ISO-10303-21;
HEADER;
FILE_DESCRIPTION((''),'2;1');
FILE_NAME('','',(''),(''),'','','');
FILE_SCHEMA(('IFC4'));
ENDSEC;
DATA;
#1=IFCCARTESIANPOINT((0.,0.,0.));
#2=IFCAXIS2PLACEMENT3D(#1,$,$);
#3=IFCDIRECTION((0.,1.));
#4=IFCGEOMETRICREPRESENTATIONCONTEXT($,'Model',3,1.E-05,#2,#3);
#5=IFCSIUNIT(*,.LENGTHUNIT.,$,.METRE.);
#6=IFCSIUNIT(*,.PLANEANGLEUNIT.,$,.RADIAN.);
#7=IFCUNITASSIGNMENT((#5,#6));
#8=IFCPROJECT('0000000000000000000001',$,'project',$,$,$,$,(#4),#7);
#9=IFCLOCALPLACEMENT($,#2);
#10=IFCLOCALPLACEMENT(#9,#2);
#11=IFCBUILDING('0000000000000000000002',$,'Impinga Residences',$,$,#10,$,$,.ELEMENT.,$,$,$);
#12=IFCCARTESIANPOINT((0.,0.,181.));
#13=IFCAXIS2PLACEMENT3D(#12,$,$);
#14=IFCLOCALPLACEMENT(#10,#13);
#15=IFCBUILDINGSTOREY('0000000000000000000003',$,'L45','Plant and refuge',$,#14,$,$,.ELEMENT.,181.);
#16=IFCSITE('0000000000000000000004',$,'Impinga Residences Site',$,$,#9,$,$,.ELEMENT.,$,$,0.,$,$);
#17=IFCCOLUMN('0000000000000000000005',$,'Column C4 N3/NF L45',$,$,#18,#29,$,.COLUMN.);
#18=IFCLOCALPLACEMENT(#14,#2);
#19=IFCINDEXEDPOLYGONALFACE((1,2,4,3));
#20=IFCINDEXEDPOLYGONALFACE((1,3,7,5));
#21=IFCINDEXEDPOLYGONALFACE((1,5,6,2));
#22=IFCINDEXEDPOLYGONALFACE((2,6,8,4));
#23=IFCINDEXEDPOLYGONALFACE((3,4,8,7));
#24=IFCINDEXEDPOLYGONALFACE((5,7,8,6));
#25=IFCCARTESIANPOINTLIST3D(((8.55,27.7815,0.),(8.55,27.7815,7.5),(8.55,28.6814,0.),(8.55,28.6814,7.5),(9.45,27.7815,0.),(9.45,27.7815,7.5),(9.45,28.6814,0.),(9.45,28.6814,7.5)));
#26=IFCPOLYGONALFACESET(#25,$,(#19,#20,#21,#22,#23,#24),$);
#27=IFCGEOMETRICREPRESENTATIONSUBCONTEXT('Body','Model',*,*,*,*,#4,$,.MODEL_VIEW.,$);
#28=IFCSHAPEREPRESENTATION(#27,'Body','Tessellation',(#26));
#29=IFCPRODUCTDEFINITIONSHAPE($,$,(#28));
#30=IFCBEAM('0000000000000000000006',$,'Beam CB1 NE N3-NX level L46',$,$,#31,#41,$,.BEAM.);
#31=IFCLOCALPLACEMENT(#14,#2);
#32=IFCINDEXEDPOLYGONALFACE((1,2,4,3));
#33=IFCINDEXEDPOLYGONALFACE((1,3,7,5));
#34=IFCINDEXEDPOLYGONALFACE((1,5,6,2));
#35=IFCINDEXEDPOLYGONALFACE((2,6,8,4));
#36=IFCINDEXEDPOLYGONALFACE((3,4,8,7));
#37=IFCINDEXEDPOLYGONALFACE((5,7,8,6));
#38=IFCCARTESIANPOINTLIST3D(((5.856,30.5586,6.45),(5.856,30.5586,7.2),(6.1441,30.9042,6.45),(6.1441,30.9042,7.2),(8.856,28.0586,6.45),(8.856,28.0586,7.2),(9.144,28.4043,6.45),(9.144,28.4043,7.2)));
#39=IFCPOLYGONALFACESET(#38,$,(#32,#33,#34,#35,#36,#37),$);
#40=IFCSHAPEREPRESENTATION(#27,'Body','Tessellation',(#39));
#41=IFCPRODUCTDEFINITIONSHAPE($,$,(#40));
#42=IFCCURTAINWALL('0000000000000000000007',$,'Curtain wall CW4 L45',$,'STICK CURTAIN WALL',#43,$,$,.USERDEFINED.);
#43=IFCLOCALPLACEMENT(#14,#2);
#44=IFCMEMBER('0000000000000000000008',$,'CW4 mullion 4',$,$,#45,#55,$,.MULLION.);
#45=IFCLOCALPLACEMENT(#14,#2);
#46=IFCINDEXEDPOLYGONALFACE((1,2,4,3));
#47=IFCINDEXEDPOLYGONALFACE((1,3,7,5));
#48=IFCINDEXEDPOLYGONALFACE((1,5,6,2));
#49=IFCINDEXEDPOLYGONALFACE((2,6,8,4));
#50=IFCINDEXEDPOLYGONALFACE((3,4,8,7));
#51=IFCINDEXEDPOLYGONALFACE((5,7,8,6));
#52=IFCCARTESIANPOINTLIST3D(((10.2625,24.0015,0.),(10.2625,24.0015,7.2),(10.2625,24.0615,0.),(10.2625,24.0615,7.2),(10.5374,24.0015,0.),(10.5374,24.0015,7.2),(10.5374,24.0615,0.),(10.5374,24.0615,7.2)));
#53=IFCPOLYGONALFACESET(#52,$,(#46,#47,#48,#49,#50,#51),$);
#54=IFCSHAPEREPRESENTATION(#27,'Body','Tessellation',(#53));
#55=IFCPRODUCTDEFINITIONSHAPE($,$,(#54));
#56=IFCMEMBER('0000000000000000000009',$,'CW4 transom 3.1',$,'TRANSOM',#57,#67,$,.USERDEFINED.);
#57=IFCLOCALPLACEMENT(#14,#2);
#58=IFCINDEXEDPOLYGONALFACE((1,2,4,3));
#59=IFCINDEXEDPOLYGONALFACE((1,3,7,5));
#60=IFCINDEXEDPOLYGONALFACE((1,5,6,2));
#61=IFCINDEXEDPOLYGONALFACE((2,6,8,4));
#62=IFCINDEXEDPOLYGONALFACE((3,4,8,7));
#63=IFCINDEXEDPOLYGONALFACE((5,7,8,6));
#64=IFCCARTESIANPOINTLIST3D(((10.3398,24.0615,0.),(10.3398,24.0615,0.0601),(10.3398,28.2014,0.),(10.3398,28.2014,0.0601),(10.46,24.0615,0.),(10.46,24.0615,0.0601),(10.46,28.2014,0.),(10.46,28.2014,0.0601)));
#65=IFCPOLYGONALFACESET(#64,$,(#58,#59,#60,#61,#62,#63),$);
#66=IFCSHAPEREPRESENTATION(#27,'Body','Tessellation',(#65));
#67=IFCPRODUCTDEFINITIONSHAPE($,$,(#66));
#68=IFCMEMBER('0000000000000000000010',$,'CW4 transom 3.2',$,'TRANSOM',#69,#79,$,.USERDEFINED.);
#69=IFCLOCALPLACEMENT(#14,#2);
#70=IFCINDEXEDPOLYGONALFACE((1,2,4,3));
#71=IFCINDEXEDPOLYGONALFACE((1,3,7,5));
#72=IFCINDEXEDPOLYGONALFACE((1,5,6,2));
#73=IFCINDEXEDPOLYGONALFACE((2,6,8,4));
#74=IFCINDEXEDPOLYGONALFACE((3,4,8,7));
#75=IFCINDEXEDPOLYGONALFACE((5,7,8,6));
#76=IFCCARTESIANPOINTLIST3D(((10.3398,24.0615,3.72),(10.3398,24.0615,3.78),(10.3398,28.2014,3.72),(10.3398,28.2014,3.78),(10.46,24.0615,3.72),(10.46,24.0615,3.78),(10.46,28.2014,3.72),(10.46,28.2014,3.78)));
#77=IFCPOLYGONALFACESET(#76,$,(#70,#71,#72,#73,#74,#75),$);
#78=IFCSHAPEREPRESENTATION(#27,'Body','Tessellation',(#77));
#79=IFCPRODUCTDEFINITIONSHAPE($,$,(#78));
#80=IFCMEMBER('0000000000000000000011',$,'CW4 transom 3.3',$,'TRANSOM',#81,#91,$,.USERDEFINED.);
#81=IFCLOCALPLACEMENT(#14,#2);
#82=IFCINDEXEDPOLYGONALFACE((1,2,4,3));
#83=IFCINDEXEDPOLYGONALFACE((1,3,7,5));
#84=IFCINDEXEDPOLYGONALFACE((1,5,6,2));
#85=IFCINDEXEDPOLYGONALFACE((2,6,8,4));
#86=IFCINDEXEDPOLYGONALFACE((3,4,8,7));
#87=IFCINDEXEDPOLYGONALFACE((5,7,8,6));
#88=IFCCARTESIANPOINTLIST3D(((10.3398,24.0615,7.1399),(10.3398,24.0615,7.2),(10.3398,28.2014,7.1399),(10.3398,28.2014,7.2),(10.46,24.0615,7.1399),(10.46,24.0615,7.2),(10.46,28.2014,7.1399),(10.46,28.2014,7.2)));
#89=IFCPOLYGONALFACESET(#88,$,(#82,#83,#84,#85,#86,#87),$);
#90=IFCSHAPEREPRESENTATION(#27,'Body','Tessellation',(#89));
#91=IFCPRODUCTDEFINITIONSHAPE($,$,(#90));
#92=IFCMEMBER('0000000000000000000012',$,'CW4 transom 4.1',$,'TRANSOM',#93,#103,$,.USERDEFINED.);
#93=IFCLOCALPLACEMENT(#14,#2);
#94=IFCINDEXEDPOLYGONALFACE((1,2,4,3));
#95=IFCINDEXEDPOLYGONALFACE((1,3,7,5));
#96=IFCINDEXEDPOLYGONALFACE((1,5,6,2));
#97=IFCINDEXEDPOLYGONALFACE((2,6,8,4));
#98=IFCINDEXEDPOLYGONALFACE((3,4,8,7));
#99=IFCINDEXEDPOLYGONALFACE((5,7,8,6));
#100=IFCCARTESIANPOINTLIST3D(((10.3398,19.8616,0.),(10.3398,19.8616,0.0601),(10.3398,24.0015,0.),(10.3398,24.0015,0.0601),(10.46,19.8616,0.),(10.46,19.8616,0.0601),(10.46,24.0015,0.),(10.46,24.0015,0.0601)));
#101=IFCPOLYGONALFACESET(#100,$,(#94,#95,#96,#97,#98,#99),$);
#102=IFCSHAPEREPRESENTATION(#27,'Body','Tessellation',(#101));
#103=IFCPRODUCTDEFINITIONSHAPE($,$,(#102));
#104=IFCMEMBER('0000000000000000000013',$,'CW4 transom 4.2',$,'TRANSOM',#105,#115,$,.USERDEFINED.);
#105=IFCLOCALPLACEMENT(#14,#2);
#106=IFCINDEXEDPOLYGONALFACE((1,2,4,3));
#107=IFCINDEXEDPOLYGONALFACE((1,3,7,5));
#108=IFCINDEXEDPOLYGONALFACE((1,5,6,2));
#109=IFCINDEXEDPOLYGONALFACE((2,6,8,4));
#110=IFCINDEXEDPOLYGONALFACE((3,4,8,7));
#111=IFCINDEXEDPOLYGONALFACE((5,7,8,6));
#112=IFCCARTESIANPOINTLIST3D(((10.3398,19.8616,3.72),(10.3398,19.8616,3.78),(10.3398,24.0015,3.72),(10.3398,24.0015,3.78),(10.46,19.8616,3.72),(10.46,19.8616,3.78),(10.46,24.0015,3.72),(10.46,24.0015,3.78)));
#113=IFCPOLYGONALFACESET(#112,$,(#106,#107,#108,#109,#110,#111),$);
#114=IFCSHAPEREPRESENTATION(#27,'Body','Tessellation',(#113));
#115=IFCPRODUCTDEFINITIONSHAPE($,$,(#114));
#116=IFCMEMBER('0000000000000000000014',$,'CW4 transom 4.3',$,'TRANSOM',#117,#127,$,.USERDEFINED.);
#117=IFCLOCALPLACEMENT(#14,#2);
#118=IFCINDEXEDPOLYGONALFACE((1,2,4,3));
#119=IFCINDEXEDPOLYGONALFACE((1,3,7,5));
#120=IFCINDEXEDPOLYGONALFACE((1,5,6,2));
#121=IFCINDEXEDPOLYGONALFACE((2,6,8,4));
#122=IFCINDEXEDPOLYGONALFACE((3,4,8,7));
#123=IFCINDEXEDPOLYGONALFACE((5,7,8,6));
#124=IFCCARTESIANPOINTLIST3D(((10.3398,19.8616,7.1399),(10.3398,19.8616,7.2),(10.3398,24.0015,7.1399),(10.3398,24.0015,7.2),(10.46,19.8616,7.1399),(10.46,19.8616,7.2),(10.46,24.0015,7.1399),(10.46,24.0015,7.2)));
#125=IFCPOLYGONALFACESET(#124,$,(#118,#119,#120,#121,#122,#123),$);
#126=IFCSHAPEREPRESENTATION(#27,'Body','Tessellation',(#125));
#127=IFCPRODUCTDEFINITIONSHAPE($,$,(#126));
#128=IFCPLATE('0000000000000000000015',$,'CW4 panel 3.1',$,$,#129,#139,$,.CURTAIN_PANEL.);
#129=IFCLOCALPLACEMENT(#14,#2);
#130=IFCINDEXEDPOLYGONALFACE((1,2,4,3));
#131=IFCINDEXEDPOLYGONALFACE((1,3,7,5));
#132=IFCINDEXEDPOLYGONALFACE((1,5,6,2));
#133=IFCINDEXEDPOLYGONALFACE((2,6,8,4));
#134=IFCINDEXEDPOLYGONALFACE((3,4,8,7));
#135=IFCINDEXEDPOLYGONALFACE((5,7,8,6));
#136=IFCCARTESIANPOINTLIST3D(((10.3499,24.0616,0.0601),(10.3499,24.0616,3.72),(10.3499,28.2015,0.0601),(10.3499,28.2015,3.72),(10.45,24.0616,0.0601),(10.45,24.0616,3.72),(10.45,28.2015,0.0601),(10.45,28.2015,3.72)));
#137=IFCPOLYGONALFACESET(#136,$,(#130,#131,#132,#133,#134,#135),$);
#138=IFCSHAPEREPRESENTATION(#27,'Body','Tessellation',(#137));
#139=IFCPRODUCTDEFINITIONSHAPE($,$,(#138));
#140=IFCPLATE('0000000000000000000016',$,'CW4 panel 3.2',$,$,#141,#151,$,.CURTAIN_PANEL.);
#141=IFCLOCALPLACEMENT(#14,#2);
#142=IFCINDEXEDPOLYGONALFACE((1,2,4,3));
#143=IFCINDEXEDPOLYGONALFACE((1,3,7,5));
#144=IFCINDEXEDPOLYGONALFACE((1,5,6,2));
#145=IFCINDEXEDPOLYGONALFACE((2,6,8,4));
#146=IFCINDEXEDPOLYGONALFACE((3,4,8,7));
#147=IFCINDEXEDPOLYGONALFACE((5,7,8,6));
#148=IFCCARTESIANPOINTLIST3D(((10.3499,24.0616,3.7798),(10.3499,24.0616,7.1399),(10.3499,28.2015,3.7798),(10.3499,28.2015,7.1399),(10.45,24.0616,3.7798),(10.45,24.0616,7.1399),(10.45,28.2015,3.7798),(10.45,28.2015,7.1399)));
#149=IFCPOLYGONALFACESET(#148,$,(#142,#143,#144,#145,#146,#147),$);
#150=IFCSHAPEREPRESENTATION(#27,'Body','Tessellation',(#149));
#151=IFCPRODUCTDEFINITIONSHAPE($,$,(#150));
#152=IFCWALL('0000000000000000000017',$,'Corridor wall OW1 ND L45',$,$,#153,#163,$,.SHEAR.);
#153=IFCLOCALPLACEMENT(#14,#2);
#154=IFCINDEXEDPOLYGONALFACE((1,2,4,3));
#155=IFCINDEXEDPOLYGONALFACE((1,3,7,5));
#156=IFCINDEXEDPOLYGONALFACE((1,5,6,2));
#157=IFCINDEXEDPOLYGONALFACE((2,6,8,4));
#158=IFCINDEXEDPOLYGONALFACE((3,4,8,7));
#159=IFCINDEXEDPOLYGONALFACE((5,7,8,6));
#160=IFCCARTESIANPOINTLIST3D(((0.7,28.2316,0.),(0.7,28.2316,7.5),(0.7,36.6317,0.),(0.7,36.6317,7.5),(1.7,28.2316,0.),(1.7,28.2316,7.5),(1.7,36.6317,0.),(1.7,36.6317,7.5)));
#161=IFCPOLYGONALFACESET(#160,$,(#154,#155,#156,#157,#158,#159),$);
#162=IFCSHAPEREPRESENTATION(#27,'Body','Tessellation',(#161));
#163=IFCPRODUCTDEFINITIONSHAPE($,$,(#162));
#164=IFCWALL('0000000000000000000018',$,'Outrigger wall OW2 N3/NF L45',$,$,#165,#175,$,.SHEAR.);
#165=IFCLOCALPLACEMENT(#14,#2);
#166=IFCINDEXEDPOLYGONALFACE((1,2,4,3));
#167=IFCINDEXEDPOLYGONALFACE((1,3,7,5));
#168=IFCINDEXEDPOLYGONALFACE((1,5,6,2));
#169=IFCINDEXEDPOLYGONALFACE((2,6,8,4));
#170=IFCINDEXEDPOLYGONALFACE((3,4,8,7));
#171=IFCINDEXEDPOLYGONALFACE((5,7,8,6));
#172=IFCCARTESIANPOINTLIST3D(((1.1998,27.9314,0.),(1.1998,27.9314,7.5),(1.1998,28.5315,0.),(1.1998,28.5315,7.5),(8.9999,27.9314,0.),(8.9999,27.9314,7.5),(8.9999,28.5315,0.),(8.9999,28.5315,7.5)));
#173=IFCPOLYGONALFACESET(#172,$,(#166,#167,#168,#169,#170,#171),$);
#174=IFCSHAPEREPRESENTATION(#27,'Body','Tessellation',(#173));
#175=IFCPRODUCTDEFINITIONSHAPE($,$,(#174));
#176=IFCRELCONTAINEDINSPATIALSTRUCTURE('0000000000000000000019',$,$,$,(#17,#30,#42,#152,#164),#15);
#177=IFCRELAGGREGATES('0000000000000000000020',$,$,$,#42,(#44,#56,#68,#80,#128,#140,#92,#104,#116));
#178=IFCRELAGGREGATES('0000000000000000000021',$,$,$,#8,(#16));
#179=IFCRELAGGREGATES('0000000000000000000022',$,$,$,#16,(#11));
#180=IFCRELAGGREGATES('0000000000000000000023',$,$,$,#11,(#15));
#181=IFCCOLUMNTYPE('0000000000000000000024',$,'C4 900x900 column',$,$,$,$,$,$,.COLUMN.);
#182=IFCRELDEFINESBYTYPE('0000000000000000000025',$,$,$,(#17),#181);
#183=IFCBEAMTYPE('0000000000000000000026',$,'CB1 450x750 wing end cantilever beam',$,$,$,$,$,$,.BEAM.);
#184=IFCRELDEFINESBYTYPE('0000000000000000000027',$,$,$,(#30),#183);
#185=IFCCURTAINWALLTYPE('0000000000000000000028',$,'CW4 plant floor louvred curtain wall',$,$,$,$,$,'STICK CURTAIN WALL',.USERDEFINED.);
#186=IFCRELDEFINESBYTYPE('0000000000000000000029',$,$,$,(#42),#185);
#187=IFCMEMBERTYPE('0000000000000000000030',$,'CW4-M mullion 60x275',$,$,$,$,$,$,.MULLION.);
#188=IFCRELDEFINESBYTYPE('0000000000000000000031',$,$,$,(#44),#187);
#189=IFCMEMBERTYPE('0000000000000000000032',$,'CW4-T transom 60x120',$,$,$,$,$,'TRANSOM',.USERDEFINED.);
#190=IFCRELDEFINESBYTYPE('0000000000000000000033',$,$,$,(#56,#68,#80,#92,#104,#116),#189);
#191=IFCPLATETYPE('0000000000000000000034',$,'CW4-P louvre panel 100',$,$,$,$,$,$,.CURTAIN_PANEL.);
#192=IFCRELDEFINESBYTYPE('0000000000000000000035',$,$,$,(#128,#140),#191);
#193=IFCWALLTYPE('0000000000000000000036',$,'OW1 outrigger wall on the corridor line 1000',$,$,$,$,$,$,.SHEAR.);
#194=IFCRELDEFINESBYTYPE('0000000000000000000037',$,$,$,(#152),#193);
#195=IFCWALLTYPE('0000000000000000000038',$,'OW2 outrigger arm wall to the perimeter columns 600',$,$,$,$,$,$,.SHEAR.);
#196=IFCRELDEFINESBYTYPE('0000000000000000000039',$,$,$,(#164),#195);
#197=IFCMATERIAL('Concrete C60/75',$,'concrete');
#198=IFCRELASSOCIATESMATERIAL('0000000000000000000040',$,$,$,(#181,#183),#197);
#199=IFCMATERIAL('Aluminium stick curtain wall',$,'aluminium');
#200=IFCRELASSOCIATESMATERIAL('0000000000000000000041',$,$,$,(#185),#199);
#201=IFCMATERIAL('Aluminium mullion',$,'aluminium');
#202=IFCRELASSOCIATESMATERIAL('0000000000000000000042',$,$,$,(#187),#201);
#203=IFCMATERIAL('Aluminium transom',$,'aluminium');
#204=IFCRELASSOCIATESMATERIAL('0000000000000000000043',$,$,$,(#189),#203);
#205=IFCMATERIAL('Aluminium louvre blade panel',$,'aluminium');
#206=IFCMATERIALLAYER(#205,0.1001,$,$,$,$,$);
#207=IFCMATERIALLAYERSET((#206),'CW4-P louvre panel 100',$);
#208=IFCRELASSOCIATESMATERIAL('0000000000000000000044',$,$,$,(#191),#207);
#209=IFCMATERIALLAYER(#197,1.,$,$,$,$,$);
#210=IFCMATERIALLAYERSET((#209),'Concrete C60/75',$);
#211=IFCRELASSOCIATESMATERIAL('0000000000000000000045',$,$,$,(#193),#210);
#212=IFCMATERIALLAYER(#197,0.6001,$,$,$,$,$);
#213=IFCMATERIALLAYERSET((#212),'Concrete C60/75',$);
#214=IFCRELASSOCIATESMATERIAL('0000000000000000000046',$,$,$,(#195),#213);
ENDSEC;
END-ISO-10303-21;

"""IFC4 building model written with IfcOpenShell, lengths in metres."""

from ifc_helpers import new_model, si_unit, direction, frame, frame_2d, origin, origin_2d, place, context, subcontext, project, spatial, rectangle, extrude, material, layer, layer_set, material_profile, profile_set, type_object, element, aggregate, save


model = new_model("IFC4")

# Units and contexts
model_context = context("Model", 3, precision=1e-05, world=origin(), true_north=direction((0.0, 1.0)))
body_context = subcontext(model_context, "Body", "Model", "MODEL_VIEW")
ifc_project = project(units=[si_unit("LENGTHUNIT", "METRE"), si_unit("PLANEANGLEUNIT", "RADIAN")], contexts=[model_context])

# Site, building, storey
site_placement = place(None, origin())
site = spatial("IfcSite", under=ifc_project, at=site_placement, Name="Impinga Residences Site", CompositionType="ELEMENT", RefElevation=0.0)
building_placement = place(site_placement, origin())
building = spatial("IfcBuilding", under=site, at=building_placement, Name="Impinga Residences", CompositionType="ELEMENT")
storey_placement = place(building_placement, frame((0.0, 0.0, 181.0)))
storey = spatial("IfcBuildingStorey", under=building, at=storey_placement, Name="L45", Description="Plant and refuge", CompositionType="ELEMENT", Elevation=181.0)

# Column
ifc_material_1 = material(Name="Concrete C60/75", Category="concrete")
ifc_material_profile_1 = material_profile(ifc_material_1, rectangle(XDim=0.8999, YDim=0.8999, at=origin_2d()), Name="RC 900x900")
ifc_profile_set_1 = profile_set([ifc_material_profile_1], Name="Concrete C60/75")
column_type = type_object("IfcColumnType", Name="C4 900x900 column", PredefinedType="COLUMN", material=ifc_profile_set_1)
column_placement = place(storey_placement, frame((9.0, 28.2314, 0.0), z_axis=(0.0, 0.0, 1.0), x_axis=(1.0, 0.0, 0.0)))
element("IfcColumn", 1, at=column_placement, inside=storey, type_object=column_type, Name="Column C4 N3/NF L45", PredefinedType="COLUMN", context=body_context, shape_type="SweptSolid", body=[
    extrude(rectangle(XDim=0.8999, YDim=0.8999, at=origin_2d()), origin(), (0.0, 0.0, 1.0), 7.5),
])

# Beam
ifc_material_profile_2 = material_profile(ifc_material_1, rectangle(XDim=0.45, YDim=0.75, at=origin_2d()), Name="RC 450x750")
ifc_profile_set_2 = profile_set([ifc_material_profile_2], Name="Concrete C60/75")
beam_type = type_object("IfcBeamType", Name="CB1 450x750 wing end cantilever beam", PredefinedType="BEAM", material=ifc_profile_set_2)
beam_placement = place(storey_placement, frame((9.0, 28.2314, 6.825), z_axis=(-0.768221, 0.640184, 0.0), x_axis=(-0.640184, -0.768221, 0.0)))
element("IfcBeam", 2, at=beam_placement, inside=storey, type_object=beam_type, Name="Beam CB1 NE N3-NX level L46", PredefinedType="BEAM", context=body_context, shape_type="SweptSolid", body=[
    extrude(rectangle(XDim=0.45, YDim=0.75, at=origin_2d()), origin(), (0.0, 0.0, 1.0), 3.905),
])

# Curtain wall, members, plates
ifc_material_2 = material(Name="Aluminium stick curtain wall", Category="aluminium")
curtain_wall_type = type_object("IfcCurtainWallType", Name="CW4 plant floor louvred curtain wall", ElementType="STICK CURTAIN WALL", PredefinedType="USERDEFINED", material=ifc_material_2)
curtain_wall_placement = place(storey_placement, origin())
curtain_wall = element("IfcCurtainWall", 3, at=curtain_wall_placement, inside=storey, type_object=curtain_wall_type, Name="Curtain wall CW4 L45", ObjectType="STICK CURTAIN WALL", PredefinedType="USERDEFINED")
ifc_material_3 = material(Name="Aluminium mullion", Category="aluminium")
ifc_material_profile_3 = material_profile(ifc_material_3, rectangle(XDim=0.0601, YDim=0.2749, at=origin_2d()), Name="60x275 mullion")
ifc_profile_set_3 = profile_set([ifc_material_profile_3], Name="Aluminium mullion")
member_type_1 = type_object("IfcMemberType", Name="CW4-M mullion 60x275", PredefinedType="MULLION", material=ifc_profile_set_3)
member_1_placement = place(storey_placement, frame((10.3999, 24.0315, 0.0), z_axis=(0.0, 0.0, 1.0), x_axis=(0.0, -1.0, 0.0)))
member_1 = element("IfcMember", 4, at=member_1_placement, type_object=member_type_1, Name="CW4 mullion 4", PredefinedType="MULLION", context=body_context, shape_type="SweptSolid", body=[
    extrude(rectangle(XDim=0.0601, YDim=0.2749, at=origin_2d()), origin(), (0.0, 0.0, 1.0), 7.2),
])
ifc_material_4 = material(Name="Aluminium transom", Category="aluminium")
ifc_material_profile_4 = material_profile(ifc_material_4, rectangle(XDim=0.0601, YDim=0.1201, at=origin_2d()), Name="60x120 transom")
ifc_profile_set_4 = profile_set([ifc_material_profile_4], Name="Aluminium transom")
member_type_2 = type_object("IfcMemberType", Name="CW4-T transom 60x120", ElementType="TRANSOM", PredefinedType="USERDEFINED", material=ifc_profile_set_4)
member_2_placement = place(storey_placement, frame((10.3999, 28.2014, 0.03), z_axis=(0.0, -1.0, 0.0), x_axis=(0.0, 0.0, 1.0)))
member_2 = element("IfcMember", 5, at=member_2_placement, type_object=member_type_2, Name="CW4 transom 3.1", ObjectType="TRANSOM", PredefinedType="USERDEFINED", context=body_context, shape_type="SweptSolid", body=[
    extrude(rectangle(XDim=0.0601, YDim=0.1201, at=origin_2d()), origin(), (0.0, 0.0, 1.0), 4.1399),
])
member_3_placement = place(storey_placement, frame((10.3999, 28.2014, 3.75), z_axis=(0.0, -1.0, 0.0), x_axis=(0.0, 0.0, 1.0)))
member_3 = element("IfcMember", 6, at=member_3_placement, type_object=member_type_2, Name="CW4 transom 3.2", ObjectType="TRANSOM", PredefinedType="USERDEFINED", context=body_context, shape_type="SweptSolid", body=[
    extrude(rectangle(XDim=0.0601, YDim=0.1201, at=origin_2d()), origin(), (0.0, 0.0, 1.0), 4.1399),
])
member_4_placement = place(storey_placement, frame((10.3999, 28.2014, 7.1699), z_axis=(0.0, -1.0, 0.0), x_axis=(0.0, 0.0, 1.0)))
member_4 = element("IfcMember", 7, at=member_4_placement, type_object=member_type_2, Name="CW4 transom 3.3", ObjectType="TRANSOM", PredefinedType="USERDEFINED", context=body_context, shape_type="SweptSolid", body=[
    extrude(rectangle(XDim=0.0601, YDim=0.1201, at=origin_2d()), origin(), (0.0, 0.0, 1.0), 4.1399),
])
member_5_placement = place(storey_placement, frame((10.3999, 24.0015, 0.03), z_axis=(0.0, -1.0, 0.0), x_axis=(0.0, 0.0, 1.0)))
member_5 = element("IfcMember", 8, at=member_5_placement, type_object=member_type_2, Name="CW4 transom 4.1", ObjectType="TRANSOM", PredefinedType="USERDEFINED", context=body_context, shape_type="SweptSolid", body=[
    extrude(rectangle(XDim=0.0601, YDim=0.1201, at=origin_2d()), origin(), (0.0, 0.0, 1.0), 4.1399),
])
member_6_placement = place(storey_placement, frame((10.3999, 24.0015, 3.75), z_axis=(0.0, -1.0, 0.0), x_axis=(0.0, 0.0, 1.0)))
member_6 = element("IfcMember", 9, at=member_6_placement, type_object=member_type_2, Name="CW4 transom 4.2", ObjectType="TRANSOM", PredefinedType="USERDEFINED", context=body_context, shape_type="SweptSolid", body=[
    extrude(rectangle(XDim=0.0601, YDim=0.1201, at=origin_2d()), origin(), (0.0, 0.0, 1.0), 4.1399),
])
member_7_placement = place(storey_placement, frame((10.3999, 24.0015, 7.1699), z_axis=(0.0, -1.0, 0.0), x_axis=(0.0, 0.0, 1.0)))
member_7 = element("IfcMember", 10, at=member_7_placement, type_object=member_type_2, Name="CW4 transom 4.3", ObjectType="TRANSOM", PredefinedType="USERDEFINED", context=body_context, shape_type="SweptSolid", body=[
    extrude(rectangle(XDim=0.0601, YDim=0.1201, at=origin_2d()), origin(), (0.0, 0.0, 1.0), 4.1399),
])
ifc_material_5 = material(Name="Aluminium louvre blade panel", Category="aluminium")
ifc_layer_1 = layer(ifc_material_5, 0.1001)
ifc_layer_set_1 = layer_set([ifc_layer_1], Name="CW4-P louvre panel 100")
plate_type = type_object("IfcPlateType", Name="CW4-P louvre panel 100", PredefinedType="CURTAIN_PANEL", material=ifc_layer_set_1)
plate_1_placement = place(storey_placement, frame((10.3999, 26.1316, 0.0601), z_axis=(0.0, 0.0, 1.0), x_axis=(0.0, -1.0, 0.0)))
plate_1 = element("IfcPlate", 11, at=plate_1_placement, type_object=plate_type, Name="CW4 panel 3.1", PredefinedType="CURTAIN_PANEL", context=body_context, shape_type="SweptSolid", body=[
    extrude(rectangle(XDim=4.1399, YDim=0.1001, at=origin_2d()), origin(), (0.0, 0.0, 1.0), 3.6599),
])
plate_2_placement = place(storey_placement, frame((10.3999, 26.1316, 3.7798), z_axis=(0.0, 0.0, 1.0), x_axis=(0.0, -1.0, 0.0)))
plate_2 = element("IfcPlate", 12, at=plate_2_placement, type_object=plate_type, Name="CW4 panel 3.2", PredefinedType="CURTAIN_PANEL", context=body_context, shape_type="SweptSolid", body=[
    extrude(rectangle(XDim=4.1399, YDim=0.1001, at=origin_2d()), origin(), (0.0, 0.0, 1.0), 3.3601),
])
aggregate(curtain_wall, [member_1, member_2, member_3, member_4, plate_1, plate_2, member_5, member_6, member_7])

# Walls
ifc_layer_2 = layer(ifc_material_1, 1.0)
ifc_layer_set_2 = layer_set([ifc_layer_2], Name="Concrete C60/75")
wall_type_1 = type_object("IfcWallType", Name="OW1 outrigger wall on the corridor line 1000", PredefinedType="SHEAR", material=ifc_layer_set_2)
wall_1_placement = place(storey_placement, frame((1.2, 28.2314, 0.0), z_axis=(0.0, 0.0, 1.0), x_axis=(0.0, 1.0, 0.0)))
element("IfcWall", 13, at=wall_1_placement, inside=storey, type_object=wall_type_1, Name="Corridor wall OW1 ND L45", PredefinedType="SHEAR", context=body_context, shape_type="SweptSolid", body=[
    extrude(rectangle(XDim=8.4001, YDim=1.0, at=frame_2d((4.2002, 0.0))), origin(), (0.0, 0.0, 1.0), 7.5),
])
ifc_layer_3 = layer(ifc_material_1, 0.6001)
ifc_layer_set_3 = layer_set([ifc_layer_3], Name="Concrete C60/75")
wall_type_2 = type_object("IfcWallType", Name="OW2 outrigger arm wall to the perimeter columns 600", PredefinedType="SHEAR", material=ifc_layer_set_3)
wall_2_placement = place(storey_placement, frame((1.2, 28.2314, 0.0), z_axis=(0.0, 0.0, 1.0), x_axis=(1.0, 0.0, 0.0)))
element("IfcWall", 14, at=wall_2_placement, inside=storey, type_object=wall_type_2, Name="Outrigger wall OW2 N3/NF L45", PredefinedType="SHEAR", context=body_context, shape_type="SweptSolid", body=[
    extrude(rectangle(XDim=7.8, YDim=0.6001, at=frame_2d((3.8999, 0.0))), origin(), (0.0, 0.0, 1.0), 7.5),
])

save(model, "model.ifc")
